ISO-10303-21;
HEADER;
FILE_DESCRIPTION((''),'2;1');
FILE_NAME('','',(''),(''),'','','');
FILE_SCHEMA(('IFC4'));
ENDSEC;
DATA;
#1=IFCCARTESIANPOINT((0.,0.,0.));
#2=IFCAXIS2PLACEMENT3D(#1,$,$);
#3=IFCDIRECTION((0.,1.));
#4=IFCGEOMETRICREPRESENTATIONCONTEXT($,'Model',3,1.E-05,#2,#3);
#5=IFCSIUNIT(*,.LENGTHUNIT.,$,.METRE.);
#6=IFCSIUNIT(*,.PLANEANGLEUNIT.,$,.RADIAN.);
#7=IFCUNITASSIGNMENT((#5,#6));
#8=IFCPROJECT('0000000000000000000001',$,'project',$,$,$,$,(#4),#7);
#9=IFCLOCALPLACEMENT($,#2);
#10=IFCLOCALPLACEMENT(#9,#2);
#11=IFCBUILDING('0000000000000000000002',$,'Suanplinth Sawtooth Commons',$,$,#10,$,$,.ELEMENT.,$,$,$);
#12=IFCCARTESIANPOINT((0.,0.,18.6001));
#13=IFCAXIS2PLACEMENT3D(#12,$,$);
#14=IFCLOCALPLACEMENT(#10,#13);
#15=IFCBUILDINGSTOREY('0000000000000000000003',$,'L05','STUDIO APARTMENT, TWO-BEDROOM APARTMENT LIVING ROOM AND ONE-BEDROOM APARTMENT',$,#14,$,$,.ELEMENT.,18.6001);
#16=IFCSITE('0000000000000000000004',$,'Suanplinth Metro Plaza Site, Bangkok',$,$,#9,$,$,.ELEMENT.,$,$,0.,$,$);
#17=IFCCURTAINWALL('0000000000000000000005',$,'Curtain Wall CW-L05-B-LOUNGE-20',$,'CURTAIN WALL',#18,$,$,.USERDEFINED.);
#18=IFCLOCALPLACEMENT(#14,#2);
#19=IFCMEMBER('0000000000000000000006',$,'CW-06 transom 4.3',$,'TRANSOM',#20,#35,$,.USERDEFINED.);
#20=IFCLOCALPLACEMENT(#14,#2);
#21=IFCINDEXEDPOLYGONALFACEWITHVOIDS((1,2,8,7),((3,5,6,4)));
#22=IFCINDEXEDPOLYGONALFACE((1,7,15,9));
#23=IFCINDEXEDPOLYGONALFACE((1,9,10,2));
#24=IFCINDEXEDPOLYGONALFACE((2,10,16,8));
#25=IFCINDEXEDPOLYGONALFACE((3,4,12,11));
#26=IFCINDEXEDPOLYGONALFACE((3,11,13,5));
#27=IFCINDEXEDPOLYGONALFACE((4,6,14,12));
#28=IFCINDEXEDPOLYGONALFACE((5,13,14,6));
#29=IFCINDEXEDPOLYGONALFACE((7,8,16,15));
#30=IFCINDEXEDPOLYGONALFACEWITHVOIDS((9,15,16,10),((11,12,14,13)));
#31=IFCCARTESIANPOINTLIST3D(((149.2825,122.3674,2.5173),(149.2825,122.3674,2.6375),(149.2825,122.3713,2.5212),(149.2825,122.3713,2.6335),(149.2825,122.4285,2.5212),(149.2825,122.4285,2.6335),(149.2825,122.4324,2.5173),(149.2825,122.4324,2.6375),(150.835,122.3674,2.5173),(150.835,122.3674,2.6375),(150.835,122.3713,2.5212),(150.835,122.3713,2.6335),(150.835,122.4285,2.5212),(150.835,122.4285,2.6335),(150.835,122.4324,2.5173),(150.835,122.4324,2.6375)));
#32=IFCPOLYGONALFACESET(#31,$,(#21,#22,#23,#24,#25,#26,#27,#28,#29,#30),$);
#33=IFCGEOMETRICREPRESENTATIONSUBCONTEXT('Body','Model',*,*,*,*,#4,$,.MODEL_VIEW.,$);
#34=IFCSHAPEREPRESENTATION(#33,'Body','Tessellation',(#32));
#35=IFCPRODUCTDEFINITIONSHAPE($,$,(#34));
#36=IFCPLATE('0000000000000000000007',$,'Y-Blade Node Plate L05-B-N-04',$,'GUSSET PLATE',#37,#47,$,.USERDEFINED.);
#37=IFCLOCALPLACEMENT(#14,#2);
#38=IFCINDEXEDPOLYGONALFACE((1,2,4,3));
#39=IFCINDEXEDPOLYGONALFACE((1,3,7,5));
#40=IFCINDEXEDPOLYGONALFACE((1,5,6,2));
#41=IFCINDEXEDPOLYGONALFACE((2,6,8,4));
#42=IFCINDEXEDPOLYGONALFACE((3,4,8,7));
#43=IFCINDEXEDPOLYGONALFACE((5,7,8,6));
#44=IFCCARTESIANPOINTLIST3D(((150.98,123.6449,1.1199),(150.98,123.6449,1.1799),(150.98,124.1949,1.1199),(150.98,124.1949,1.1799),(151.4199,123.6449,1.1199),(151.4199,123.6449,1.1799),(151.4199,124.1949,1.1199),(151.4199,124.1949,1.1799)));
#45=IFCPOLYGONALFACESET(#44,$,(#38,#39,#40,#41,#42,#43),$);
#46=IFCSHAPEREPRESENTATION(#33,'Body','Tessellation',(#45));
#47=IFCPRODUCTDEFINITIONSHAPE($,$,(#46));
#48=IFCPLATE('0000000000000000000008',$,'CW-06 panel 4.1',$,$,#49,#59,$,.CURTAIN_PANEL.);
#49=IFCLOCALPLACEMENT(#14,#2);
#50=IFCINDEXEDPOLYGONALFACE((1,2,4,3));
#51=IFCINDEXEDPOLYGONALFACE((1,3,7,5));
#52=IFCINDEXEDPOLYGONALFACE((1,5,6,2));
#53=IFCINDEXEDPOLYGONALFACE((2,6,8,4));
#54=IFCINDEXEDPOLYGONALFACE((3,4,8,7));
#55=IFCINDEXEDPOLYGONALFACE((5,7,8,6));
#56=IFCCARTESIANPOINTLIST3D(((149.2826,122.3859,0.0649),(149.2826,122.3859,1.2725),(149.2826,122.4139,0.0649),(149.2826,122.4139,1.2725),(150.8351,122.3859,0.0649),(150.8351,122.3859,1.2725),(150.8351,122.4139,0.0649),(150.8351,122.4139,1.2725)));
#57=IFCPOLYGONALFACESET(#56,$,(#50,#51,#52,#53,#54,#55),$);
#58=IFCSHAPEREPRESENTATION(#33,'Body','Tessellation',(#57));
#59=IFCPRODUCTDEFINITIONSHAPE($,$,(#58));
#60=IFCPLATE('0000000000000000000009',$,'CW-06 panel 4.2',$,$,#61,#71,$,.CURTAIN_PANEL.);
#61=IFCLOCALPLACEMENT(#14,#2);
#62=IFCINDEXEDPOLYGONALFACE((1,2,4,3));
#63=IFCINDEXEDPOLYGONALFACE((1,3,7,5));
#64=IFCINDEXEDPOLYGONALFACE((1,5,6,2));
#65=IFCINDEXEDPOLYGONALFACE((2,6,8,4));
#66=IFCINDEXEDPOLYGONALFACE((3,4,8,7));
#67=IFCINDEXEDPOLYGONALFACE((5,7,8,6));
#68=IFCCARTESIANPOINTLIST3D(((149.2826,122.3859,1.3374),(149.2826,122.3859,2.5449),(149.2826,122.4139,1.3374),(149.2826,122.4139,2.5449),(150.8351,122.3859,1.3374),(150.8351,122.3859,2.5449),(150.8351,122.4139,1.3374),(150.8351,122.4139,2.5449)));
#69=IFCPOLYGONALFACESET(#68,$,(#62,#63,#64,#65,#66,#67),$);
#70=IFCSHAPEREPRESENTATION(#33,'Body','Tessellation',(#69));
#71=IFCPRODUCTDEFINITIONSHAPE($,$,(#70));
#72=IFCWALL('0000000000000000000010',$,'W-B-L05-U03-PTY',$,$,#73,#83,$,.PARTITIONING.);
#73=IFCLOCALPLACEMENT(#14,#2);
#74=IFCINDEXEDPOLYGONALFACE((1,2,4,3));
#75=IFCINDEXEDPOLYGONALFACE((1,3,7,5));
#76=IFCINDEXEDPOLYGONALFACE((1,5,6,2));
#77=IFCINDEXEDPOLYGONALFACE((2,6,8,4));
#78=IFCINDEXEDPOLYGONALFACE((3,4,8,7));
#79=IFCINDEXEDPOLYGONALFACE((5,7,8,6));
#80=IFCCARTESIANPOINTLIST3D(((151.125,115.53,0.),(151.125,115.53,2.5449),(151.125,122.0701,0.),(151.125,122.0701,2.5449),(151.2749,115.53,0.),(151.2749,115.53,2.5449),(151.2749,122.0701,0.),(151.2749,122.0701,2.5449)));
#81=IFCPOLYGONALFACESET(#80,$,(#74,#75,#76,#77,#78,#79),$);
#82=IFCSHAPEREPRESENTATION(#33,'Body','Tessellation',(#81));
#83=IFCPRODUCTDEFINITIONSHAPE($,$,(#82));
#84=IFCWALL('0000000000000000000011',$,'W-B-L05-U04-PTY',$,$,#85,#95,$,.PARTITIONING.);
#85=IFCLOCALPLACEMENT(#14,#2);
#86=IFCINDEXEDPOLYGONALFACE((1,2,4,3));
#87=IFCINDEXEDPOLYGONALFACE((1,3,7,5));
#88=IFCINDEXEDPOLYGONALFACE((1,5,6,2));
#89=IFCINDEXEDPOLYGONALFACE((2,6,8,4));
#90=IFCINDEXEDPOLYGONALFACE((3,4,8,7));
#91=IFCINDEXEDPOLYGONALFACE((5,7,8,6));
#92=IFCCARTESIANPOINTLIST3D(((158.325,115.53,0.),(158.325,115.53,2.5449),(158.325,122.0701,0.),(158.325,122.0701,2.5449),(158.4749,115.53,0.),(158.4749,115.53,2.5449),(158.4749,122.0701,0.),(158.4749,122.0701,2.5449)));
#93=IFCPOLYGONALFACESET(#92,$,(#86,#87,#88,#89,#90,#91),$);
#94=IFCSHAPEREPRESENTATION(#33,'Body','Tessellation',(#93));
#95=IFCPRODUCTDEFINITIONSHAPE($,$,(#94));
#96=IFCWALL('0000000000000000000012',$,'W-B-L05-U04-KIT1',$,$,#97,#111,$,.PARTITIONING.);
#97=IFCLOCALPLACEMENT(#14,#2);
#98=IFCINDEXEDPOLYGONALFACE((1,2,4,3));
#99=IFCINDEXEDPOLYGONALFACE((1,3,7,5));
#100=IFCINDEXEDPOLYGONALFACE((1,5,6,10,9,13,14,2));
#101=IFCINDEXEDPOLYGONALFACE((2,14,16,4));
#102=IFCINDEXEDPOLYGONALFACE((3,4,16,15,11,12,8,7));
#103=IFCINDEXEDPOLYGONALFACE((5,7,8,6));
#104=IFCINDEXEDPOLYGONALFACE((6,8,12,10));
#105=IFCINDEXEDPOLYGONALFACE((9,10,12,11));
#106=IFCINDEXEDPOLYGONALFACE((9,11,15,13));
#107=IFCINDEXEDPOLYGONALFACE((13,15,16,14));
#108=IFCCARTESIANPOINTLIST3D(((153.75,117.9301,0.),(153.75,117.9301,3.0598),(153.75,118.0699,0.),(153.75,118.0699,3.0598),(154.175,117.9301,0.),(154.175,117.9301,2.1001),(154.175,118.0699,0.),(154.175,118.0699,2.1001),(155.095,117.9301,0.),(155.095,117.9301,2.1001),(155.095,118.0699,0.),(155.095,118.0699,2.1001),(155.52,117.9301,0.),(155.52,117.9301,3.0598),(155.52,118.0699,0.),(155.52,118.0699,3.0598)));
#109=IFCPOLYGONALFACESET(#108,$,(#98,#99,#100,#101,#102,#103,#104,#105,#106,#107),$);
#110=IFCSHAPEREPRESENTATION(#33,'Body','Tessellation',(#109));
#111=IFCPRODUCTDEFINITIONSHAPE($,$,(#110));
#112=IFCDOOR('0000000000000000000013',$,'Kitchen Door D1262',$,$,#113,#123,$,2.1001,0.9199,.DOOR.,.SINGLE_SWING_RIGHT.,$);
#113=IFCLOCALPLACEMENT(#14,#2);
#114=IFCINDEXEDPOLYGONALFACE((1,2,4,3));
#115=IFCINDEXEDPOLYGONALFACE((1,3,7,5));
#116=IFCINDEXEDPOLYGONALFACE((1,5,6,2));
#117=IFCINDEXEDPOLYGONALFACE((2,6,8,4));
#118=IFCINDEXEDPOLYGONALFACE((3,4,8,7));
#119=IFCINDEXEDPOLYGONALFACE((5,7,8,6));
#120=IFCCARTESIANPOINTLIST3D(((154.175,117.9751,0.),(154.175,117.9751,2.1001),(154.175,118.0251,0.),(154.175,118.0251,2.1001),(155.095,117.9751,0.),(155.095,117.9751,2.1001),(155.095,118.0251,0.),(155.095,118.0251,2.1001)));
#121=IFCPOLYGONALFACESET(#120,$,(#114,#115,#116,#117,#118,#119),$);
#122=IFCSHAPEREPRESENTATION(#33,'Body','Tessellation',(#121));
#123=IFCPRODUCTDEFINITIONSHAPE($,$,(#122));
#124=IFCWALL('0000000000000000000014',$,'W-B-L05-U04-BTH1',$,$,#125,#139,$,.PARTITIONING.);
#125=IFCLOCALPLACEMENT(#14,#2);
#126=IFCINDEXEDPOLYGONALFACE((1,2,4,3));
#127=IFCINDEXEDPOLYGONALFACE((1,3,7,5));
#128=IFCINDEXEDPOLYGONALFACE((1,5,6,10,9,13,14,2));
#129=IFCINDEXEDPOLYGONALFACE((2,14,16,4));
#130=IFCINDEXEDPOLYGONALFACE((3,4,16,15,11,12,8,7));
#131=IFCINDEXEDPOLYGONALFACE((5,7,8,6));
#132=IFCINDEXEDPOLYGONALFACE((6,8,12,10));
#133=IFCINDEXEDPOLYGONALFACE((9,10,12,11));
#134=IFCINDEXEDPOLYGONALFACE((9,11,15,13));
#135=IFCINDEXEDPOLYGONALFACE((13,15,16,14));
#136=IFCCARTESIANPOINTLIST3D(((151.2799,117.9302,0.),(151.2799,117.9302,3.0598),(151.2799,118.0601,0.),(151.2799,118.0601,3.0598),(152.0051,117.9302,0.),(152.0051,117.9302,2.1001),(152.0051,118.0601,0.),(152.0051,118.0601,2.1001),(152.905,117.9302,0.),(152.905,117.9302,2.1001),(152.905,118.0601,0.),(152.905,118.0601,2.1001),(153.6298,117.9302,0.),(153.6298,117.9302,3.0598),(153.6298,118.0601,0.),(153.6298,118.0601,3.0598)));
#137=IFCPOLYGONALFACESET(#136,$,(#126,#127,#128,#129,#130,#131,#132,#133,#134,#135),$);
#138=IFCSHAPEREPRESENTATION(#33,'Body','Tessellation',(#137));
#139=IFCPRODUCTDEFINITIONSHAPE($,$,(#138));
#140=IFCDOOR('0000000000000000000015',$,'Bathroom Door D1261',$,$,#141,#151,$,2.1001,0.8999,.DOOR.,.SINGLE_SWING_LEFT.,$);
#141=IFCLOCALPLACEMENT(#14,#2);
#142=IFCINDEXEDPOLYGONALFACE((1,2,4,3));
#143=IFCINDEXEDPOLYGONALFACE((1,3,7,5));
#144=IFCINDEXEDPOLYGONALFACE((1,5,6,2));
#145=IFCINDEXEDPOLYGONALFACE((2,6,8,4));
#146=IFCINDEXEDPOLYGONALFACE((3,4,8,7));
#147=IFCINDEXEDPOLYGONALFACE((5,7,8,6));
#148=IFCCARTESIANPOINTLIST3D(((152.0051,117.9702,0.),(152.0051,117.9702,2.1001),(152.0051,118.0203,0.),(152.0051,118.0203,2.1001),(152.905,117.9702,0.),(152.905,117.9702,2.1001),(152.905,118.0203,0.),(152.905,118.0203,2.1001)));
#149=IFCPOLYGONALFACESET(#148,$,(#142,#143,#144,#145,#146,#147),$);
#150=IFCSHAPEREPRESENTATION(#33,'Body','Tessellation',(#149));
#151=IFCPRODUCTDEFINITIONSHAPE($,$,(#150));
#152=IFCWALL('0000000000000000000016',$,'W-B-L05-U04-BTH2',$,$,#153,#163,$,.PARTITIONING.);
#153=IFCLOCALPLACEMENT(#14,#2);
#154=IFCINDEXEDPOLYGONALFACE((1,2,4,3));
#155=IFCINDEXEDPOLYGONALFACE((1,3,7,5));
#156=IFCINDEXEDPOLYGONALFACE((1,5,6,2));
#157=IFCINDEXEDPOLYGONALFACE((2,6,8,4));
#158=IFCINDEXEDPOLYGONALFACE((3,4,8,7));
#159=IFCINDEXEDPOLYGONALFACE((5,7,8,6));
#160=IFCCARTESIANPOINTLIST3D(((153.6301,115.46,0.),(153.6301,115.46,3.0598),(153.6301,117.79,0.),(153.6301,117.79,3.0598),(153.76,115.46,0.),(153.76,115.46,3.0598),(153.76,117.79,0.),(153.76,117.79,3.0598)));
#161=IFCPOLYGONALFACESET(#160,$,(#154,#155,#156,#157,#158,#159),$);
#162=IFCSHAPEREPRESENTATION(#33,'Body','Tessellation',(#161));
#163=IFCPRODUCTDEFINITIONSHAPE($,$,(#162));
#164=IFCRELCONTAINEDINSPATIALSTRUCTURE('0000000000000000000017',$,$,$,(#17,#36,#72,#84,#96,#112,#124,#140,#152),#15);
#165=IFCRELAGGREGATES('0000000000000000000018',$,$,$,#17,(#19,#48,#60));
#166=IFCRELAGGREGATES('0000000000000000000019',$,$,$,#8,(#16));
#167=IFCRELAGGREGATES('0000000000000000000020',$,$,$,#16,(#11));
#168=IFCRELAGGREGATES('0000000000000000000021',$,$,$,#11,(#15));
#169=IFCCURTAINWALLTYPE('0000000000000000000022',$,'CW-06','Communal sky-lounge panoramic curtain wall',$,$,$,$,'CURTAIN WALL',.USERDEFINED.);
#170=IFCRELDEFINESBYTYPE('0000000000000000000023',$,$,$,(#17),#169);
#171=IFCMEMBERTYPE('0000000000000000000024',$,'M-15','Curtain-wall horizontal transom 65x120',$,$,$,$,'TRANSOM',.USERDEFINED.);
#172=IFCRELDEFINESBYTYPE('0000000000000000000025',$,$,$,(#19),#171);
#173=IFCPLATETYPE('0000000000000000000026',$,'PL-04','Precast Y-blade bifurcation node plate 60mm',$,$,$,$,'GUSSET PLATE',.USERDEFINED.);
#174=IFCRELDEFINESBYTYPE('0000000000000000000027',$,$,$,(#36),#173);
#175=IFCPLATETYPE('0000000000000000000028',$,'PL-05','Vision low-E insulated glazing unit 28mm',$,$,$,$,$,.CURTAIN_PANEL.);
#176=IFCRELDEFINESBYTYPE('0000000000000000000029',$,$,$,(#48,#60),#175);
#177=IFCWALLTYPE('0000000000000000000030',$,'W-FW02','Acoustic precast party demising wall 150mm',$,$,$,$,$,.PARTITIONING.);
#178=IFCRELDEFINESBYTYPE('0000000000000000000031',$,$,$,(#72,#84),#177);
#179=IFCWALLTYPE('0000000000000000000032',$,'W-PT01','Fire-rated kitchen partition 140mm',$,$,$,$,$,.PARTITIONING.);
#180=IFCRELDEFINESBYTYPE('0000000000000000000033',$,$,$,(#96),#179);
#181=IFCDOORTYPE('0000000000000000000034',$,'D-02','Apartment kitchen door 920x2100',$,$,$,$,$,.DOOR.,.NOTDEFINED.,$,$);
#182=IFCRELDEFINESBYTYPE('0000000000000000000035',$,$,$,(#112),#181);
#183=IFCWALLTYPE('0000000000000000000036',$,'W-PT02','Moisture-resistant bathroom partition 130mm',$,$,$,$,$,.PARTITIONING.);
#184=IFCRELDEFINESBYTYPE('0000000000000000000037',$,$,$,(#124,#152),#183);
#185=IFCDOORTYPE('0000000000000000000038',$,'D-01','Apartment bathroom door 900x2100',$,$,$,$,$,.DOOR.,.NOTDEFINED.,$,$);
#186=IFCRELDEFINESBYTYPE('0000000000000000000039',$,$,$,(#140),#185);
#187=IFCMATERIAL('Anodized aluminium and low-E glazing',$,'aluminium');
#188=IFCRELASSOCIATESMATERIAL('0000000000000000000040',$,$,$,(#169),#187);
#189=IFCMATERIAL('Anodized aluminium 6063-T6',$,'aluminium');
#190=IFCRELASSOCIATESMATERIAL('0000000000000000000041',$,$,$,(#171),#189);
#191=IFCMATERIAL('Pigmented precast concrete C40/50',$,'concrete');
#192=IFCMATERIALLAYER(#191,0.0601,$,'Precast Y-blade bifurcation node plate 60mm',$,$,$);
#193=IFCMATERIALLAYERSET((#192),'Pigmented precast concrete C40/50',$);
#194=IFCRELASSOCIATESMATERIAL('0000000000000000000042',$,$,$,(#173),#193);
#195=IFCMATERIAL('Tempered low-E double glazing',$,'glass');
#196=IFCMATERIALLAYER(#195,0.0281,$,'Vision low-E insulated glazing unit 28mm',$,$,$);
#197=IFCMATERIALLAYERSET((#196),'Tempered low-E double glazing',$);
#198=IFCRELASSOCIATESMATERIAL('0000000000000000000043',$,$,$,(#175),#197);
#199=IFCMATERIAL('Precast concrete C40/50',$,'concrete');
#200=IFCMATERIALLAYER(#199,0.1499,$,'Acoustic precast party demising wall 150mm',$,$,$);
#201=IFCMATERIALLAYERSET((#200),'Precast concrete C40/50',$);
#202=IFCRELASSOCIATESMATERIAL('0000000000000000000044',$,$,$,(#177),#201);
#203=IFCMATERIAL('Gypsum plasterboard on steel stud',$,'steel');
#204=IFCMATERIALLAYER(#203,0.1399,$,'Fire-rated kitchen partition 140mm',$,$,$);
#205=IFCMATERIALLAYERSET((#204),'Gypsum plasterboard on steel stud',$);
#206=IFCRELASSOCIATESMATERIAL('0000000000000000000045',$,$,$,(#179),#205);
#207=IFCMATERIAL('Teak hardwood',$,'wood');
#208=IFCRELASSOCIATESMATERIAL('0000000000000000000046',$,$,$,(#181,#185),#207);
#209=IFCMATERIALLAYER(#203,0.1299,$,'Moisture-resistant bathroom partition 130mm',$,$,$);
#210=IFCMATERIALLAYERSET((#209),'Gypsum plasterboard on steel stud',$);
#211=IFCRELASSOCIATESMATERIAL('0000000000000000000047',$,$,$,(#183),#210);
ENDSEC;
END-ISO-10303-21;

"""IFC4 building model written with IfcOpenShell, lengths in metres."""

from ifc_helpers import new_model, si_unit, direction, frame, frame_2d, origin, origin_2d, place, context, subcontext, project, spatial, rectangle, hollow_rectangle, extrude, material, layer, layer_set, material_profile, profile_set, type_object, element, fill, aggregate, save


model = new_model("IFC4")

# Units and contexts
model_context = context("Model", 3, precision=1e-05, world=origin(), true_north=direction((0.0, 1.0)))
body_context = subcontext(model_context, "Body", "Model", "MODEL_VIEW")
ifc_project = project(units=[si_unit("LENGTHUNIT", "METRE"), si_unit("PLANEANGLEUNIT", "RADIAN")], contexts=[model_context])

# Site, building, storey
site_placement = place(None, origin())
site = spatial("IfcSite", under=ifc_project, at=site_placement, Name="Suanplinth Metro Plaza Site, Bangkok", CompositionType="ELEMENT", RefElevation=0.0)
building_placement = place(site_placement, origin())
building = spatial("IfcBuilding", under=site, at=building_placement, Name="Suanplinth Sawtooth Commons", CompositionType="ELEMENT")
storey_placement = place(building_placement, frame((0.0, 0.0, 18.6001)))
storey = spatial("IfcBuildingStorey", under=building, at=storey_placement, Name="L05", Description="STUDIO APARTMENT, TWO-BEDROOM APARTMENT LIVING ROOM AND ONE-BEDROOM APARTMENT", CompositionType="ELEMENT", Elevation=18.6001)

# Shared definitions
ifc_material_1 = material(Name="Precast concrete C40/50", Category="concrete")

# Shared definitions
ifc_material_2 = material(Name="Pigmented precast concrete C40/50", Category="concrete")

# Curtain wall, member
ifc_material_3 = material(Name="Anodized aluminium and low-E glazing", Category="aluminium")
curtain_wall_type = type_object("IfcCurtainWallType", Name="CW-06", Description="Communal sky-lounge panoramic curtain wall", ElementType="CURTAIN WALL", PredefinedType="USERDEFINED", material=ifc_material_3)
curtain_wall_placement = place(storey_placement, origin())
curtain_wall = element("IfcCurtainWall", 1, at=curtain_wall_placement, inside=storey, type_object=curtain_wall_type, Name="Curtain Wall CW-L05-B-LOUNGE-20", ObjectType="CURTAIN WALL", PredefinedType="USERDEFINED")
ifc_material_4 = material(Name="Anodized aluminium 6063-T6", Category="aluminium")
ifc_material_profile_1 = material_profile(ifc_material_4, hollow_rectangle(XDim=0.0649, YDim=0.1201, WallThickness=0.0039, at=origin_2d()), Name="ALU-TRN 65x120")
ifc_profile_set_1 = profile_set([ifc_material_profile_1], Name="Anodized aluminium 6063-T6")
member_type_1 = type_object("IfcMemberType", Name="M-15", Description="Curtain-wall horizontal transom 65x120", ElementType="TRANSOM", PredefinedType="USERDEFINED", material=ifc_profile_set_1)
member_1_placement = place(storey_placement, frame((149.2825, 122.3999, 2.5774), z_axis=(1.0, 0.0, 0.0), x_axis=(0.0, 1.0, 0.0)))
member_1 = element("IfcMember", 2, at=member_1_placement, type_object=member_type_1, Name="CW-06 transom 4.3", ObjectType="TRANSOM", PredefinedType="USERDEFINED", context=body_context, shape_type="SweptSolid", body=[
    extrude(hollow_rectangle(XDim=0.0649, YDim=0.1201, WallThickness=0.0039, at=origin_2d()), origin(), (0.0, 0.0, 1.0), 1.5525),
])

# Plates
ifc_layer_1 = layer(ifc_material_2, 0.0601, Name="Precast Y-blade bifurcation node plate 60mm")
ifc_layer_set_1 = layer_set([ifc_layer_1], Name="Pigmented precast concrete C40/50")
plate_type_1 = type_object("IfcPlateType", Name="PL-04", Description="Precast Y-blade bifurcation node plate 60mm", ElementType="GUSSET PLATE", PredefinedType="USERDEFINED", material=ifc_layer_set_1)
plate_1_placement = place(storey_placement, frame((151.2, 123.9199, 1.1199), z_axis=(0.0, 0.0, 1.0), x_axis=(1.0, 0.0, 0.0)))
element("IfcPlate", 3, at=plate_1_placement, inside=storey, type_object=plate_type_1, Name="Y-Blade Node Plate L05-B-N-04", ObjectType="GUSSET PLATE", PredefinedType="USERDEFINED", context=body_context, shape_type="SweptSolid", body=[
    extrude(rectangle(XDim=0.4399, YDim=0.55, at=origin_2d()), origin(), (0.0, 0.0, 1.0), 0.0601),
])
ifc_material_5 = material(Name="Tempered low-E double glazing", Category="glass")
ifc_layer_2 = layer(ifc_material_5, 0.0281, Name="Vision low-E insulated glazing unit 28mm")
ifc_layer_set_2 = layer_set([ifc_layer_2], Name="Tempered low-E double glazing")
plate_type_2 = type_object("IfcPlateType", Name="PL-05", Description="Vision low-E insulated glazing unit 28mm", PredefinedType="CURTAIN_PANEL", material=ifc_layer_set_2)
plate_2_placement = place(storey_placement, frame((150.0588, 122.3999, 0.0649), z_axis=(0.0, 0.0, 1.0), x_axis=(1.0, 0.0, 0.0)))
plate_2 = element("IfcPlate", 4, at=plate_2_placement, type_object=plate_type_2, Name="CW-06 panel 4.1", PredefinedType="CURTAIN_PANEL", context=body_context, shape_type="SweptSolid", body=[
    extrude(rectangle(XDim=1.5525, YDim=0.0281, at=origin_2d()), origin(), (0.0, 0.0, 1.0), 1.2075),
])
plate_3_placement = place(storey_placement, frame((150.0588, 122.3999, 1.3374), z_axis=(0.0, 0.0, 1.0), x_axis=(1.0, 0.0, 0.0)))
plate_3 = element("IfcPlate", 5, at=plate_3_placement, type_object=plate_type_2, Name="CW-06 panel 4.2", PredefinedType="CURTAIN_PANEL", context=body_context, shape_type="SweptSolid", body=[
    extrude(rectangle(XDim=1.5525, YDim=0.0281, at=origin_2d()), origin(), (0.0, 0.0, 1.0), 1.2075),
])
aggregate(curtain_wall, [member_1, plate_2, plate_3])

# Walls
ifc_layer_3 = layer(ifc_material_1, 0.1499, Name="Acoustic precast party demising wall 150mm")
ifc_layer_set_3 = layer_set([ifc_layer_3], Name="Precast concrete C40/50")
wall_type_1 = type_object("IfcWallType", Name="W-FW02", Description="Acoustic precast party demising wall 150mm", PredefinedType="PARTITIONING", material=ifc_layer_set_3)
for number, where, z_axis, x_axis, name in (
    (6, (151.2, 115.53, 0.0), (0.0, 0.0, 1.0), (0.0, 1.0, 0.0), "W-B-L05-U03-PTY"),
    (7, (158.3999, 115.53, 0.0), (0.0, 0.0, 1.0), (0.0, 1.0, 0.0), "W-B-L05-U04-PTY"),
):
    element("IfcWall", number, at=place(storey_placement, frame(where, z_axis=z_axis, x_axis=x_axis)), inside=storey, type_object=wall_type_1, Name=name, PredefinedType="PARTITIONING", context=body_context, shape_type="SweptSolid", body=[
        extrude(rectangle(XDim=6.54, YDim=0.1499, at=frame_2d((3.27, 0.0))), origin(), (0.0, 0.0, 1.0), 2.5449),
    ])

# Walls, openings, doors
ifc_material_6 = material(Name="Gypsum plasterboard on steel stud", Category="steel")
ifc_layer_4 = layer(ifc_material_6, 0.1399, Name="Fire-rated kitchen partition 140mm")
ifc_layer_set_4 = layer_set([ifc_layer_4], Name="Gypsum plasterboard on steel stud")
wall_type_2 = type_object("IfcWallType", Name="W-PT01", Description="Fire-rated kitchen partition 140mm", PredefinedType="PARTITIONING", material=ifc_layer_set_4)
wall_1_placement = place(storey_placement, frame((153.75, 118.0, 0.0), z_axis=(0.0, 0.0, 1.0), x_axis=(1.0, 0.0, 0.0)))
wall_1 = element("IfcWall", 8, at=wall_1_placement, inside=storey, type_object=wall_type_2, Name="W-B-L05-U04-KIT1", PredefinedType="PARTITIONING", context=body_context, shape_type="SweptSolid", body=[
    extrude(rectangle(XDim=1.77, YDim=0.1399, at=frame_2d((0.885, 0.0))), origin(), (0.0, 0.0, 1.0), 3.0598),
])
opening_1_placement = place(wall_1_placement, frame((0.425, 0.0, 0.0)))
opening_1 = element("IfcOpeningElement", 9, at=opening_1_placement, cuts=wall_1, PredefinedType="OPENING", context=body_context, shape_type="SweptSolid", body=[
    extrude(rectangle(XDim=0.9199, YDim=2.1001, at=frame_2d((0.46, 1.05))), frame((0.0, 0.085, 0.0), z_axis=(0.0, -1.0, 0.0), x_axis=(1.0, 0.0, 0.0)), (0.0, 0.0, 1.0), 0.1697),
])
ifc_material_7 = material(Name="Teak hardwood", Category="wood")
door_type_1 = type_object("IfcDoorType", Name="D-02", Description="Apartment kitchen door 920x2100", OperationType="NOTDEFINED", PredefinedType="DOOR", material=ifc_material_7)
door_1_placement = place(opening_1_placement, frame((0.9199, 0.0, 0.0), z_axis=(0.0, 0.0, 1.0), x_axis=(-1.0, 0.0, 0.0)))
door_1 = element("IfcDoor", 10, at=door_1_placement, inside=storey, type_object=door_type_1, Name="Kitchen Door D1262", OperationType="SINGLE_SWING_RIGHT", OverallHeight=2.1001, OverallWidth=0.9199, PredefinedType="DOOR", context=body_context, shape_type="SweptSolid", body=[
    extrude(rectangle(XDim=0.9199, YDim=2.1001, at=frame_2d((0.46, 1.05))), frame((0.0, 0.0249, 0.0), z_axis=(0.0, -1.0, 0.0), x_axis=(1.0, 0.0, 0.0)), (0.0, 0.0, 1.0), 0.05),
])
fill(opening_1, door_1)
ifc_layer_5 = layer(ifc_material_6, 0.1299, Name="Moisture-resistant bathroom partition 130mm")
ifc_layer_set_5 = layer_set([ifc_layer_5], Name="Gypsum plasterboard on steel stud")
wall_type_3 = type_object("IfcWallType", Name="W-PT02", Description="Moisture-resistant bathroom partition 130mm", PredefinedType="PARTITIONING", material=ifc_layer_set_5)
wall_2_placement = place(storey_placement, frame((151.28, 117.9951, 0.0), z_axis=(0.0, 0.0, 1.0), x_axis=(1.0, 0.0, 0.0)))
wall_2 = element("IfcWall", 11, at=wall_2_placement, inside=storey, type_object=wall_type_3, Name="W-B-L05-U04-BTH1", PredefinedType="PARTITIONING", context=body_context, shape_type="SweptSolid", body=[
    extrude(rectangle(XDim=2.3499, YDim=0.1299, at=frame_2d((1.1748, 0.0))), origin(), (0.0, 0.0, 1.0), 3.0598),
])
opening_2_placement = place(wall_2_placement, frame((0.7251, 0.0, 0.0)))
opening_2 = element("IfcOpeningElement", 12, at=opening_2_placement, cuts=wall_2, PredefinedType="OPENING", context=body_context, shape_type="SweptSolid", body=[
    extrude(rectangle(XDim=0.8999, YDim=2.1001, at=frame_2d((0.45, 1.05))), frame((0.0, 0.0798, 0.0), z_axis=(0.0, -1.0, 0.0), x_axis=(1.0, 0.0, 0.0)), (0.0, 0.0, 1.0), 0.1597),
])
door_type_2 = type_object("IfcDoorType", Name="D-01", Description="Apartment bathroom door 900x2100", OperationType="NOTDEFINED", PredefinedType="DOOR", material=ifc_material_7)
door_2_placement = place(opening_2_placement, frame((0.8999, 0.0, 0.0), z_axis=(0.0, 0.0, 1.0), x_axis=(-1.0, 0.0, 0.0)))
door_2 = element("IfcDoor", 13, at=door_2_placement, inside=storey, type_object=door_type_2, Name="Bathroom Door D1261", OperationType="SINGLE_SWING_LEFT", OverallHeight=2.1001, OverallWidth=0.8999, PredefinedType="DOOR", context=body_context, shape_type="SweptSolid", body=[
    extrude(rectangle(XDim=0.8999, YDim=2.1001, at=frame_2d((0.45, 1.05))), frame((0.0, 0.0249, 0.0), z_axis=(0.0, -1.0, 0.0), x_axis=(1.0, 0.0, 0.0)), (0.0, 0.0, 1.0), 0.05),
])
fill(opening_2, door_2)

# Wall
wall_3_placement = place(storey_placement, frame((153.6951, 115.46, 0.0), z_axis=(0.0, 0.0, 1.0), x_axis=(0.0, 1.0, 0.0)))
element("IfcWall", 14, at=wall_3_placement, inside=storey, type_object=wall_type_3, Name="W-B-L05-U04-BTH2", PredefinedType="PARTITIONING", context=body_context, shape_type="SweptSolid", body=[
    extrude(rectangle(XDim=2.3301, YDim=0.1299, at=frame_2d((1.165, 0.0))), origin(), (0.0, 0.0, 1.0), 3.0598),
])

save(model, "model.ifc")
